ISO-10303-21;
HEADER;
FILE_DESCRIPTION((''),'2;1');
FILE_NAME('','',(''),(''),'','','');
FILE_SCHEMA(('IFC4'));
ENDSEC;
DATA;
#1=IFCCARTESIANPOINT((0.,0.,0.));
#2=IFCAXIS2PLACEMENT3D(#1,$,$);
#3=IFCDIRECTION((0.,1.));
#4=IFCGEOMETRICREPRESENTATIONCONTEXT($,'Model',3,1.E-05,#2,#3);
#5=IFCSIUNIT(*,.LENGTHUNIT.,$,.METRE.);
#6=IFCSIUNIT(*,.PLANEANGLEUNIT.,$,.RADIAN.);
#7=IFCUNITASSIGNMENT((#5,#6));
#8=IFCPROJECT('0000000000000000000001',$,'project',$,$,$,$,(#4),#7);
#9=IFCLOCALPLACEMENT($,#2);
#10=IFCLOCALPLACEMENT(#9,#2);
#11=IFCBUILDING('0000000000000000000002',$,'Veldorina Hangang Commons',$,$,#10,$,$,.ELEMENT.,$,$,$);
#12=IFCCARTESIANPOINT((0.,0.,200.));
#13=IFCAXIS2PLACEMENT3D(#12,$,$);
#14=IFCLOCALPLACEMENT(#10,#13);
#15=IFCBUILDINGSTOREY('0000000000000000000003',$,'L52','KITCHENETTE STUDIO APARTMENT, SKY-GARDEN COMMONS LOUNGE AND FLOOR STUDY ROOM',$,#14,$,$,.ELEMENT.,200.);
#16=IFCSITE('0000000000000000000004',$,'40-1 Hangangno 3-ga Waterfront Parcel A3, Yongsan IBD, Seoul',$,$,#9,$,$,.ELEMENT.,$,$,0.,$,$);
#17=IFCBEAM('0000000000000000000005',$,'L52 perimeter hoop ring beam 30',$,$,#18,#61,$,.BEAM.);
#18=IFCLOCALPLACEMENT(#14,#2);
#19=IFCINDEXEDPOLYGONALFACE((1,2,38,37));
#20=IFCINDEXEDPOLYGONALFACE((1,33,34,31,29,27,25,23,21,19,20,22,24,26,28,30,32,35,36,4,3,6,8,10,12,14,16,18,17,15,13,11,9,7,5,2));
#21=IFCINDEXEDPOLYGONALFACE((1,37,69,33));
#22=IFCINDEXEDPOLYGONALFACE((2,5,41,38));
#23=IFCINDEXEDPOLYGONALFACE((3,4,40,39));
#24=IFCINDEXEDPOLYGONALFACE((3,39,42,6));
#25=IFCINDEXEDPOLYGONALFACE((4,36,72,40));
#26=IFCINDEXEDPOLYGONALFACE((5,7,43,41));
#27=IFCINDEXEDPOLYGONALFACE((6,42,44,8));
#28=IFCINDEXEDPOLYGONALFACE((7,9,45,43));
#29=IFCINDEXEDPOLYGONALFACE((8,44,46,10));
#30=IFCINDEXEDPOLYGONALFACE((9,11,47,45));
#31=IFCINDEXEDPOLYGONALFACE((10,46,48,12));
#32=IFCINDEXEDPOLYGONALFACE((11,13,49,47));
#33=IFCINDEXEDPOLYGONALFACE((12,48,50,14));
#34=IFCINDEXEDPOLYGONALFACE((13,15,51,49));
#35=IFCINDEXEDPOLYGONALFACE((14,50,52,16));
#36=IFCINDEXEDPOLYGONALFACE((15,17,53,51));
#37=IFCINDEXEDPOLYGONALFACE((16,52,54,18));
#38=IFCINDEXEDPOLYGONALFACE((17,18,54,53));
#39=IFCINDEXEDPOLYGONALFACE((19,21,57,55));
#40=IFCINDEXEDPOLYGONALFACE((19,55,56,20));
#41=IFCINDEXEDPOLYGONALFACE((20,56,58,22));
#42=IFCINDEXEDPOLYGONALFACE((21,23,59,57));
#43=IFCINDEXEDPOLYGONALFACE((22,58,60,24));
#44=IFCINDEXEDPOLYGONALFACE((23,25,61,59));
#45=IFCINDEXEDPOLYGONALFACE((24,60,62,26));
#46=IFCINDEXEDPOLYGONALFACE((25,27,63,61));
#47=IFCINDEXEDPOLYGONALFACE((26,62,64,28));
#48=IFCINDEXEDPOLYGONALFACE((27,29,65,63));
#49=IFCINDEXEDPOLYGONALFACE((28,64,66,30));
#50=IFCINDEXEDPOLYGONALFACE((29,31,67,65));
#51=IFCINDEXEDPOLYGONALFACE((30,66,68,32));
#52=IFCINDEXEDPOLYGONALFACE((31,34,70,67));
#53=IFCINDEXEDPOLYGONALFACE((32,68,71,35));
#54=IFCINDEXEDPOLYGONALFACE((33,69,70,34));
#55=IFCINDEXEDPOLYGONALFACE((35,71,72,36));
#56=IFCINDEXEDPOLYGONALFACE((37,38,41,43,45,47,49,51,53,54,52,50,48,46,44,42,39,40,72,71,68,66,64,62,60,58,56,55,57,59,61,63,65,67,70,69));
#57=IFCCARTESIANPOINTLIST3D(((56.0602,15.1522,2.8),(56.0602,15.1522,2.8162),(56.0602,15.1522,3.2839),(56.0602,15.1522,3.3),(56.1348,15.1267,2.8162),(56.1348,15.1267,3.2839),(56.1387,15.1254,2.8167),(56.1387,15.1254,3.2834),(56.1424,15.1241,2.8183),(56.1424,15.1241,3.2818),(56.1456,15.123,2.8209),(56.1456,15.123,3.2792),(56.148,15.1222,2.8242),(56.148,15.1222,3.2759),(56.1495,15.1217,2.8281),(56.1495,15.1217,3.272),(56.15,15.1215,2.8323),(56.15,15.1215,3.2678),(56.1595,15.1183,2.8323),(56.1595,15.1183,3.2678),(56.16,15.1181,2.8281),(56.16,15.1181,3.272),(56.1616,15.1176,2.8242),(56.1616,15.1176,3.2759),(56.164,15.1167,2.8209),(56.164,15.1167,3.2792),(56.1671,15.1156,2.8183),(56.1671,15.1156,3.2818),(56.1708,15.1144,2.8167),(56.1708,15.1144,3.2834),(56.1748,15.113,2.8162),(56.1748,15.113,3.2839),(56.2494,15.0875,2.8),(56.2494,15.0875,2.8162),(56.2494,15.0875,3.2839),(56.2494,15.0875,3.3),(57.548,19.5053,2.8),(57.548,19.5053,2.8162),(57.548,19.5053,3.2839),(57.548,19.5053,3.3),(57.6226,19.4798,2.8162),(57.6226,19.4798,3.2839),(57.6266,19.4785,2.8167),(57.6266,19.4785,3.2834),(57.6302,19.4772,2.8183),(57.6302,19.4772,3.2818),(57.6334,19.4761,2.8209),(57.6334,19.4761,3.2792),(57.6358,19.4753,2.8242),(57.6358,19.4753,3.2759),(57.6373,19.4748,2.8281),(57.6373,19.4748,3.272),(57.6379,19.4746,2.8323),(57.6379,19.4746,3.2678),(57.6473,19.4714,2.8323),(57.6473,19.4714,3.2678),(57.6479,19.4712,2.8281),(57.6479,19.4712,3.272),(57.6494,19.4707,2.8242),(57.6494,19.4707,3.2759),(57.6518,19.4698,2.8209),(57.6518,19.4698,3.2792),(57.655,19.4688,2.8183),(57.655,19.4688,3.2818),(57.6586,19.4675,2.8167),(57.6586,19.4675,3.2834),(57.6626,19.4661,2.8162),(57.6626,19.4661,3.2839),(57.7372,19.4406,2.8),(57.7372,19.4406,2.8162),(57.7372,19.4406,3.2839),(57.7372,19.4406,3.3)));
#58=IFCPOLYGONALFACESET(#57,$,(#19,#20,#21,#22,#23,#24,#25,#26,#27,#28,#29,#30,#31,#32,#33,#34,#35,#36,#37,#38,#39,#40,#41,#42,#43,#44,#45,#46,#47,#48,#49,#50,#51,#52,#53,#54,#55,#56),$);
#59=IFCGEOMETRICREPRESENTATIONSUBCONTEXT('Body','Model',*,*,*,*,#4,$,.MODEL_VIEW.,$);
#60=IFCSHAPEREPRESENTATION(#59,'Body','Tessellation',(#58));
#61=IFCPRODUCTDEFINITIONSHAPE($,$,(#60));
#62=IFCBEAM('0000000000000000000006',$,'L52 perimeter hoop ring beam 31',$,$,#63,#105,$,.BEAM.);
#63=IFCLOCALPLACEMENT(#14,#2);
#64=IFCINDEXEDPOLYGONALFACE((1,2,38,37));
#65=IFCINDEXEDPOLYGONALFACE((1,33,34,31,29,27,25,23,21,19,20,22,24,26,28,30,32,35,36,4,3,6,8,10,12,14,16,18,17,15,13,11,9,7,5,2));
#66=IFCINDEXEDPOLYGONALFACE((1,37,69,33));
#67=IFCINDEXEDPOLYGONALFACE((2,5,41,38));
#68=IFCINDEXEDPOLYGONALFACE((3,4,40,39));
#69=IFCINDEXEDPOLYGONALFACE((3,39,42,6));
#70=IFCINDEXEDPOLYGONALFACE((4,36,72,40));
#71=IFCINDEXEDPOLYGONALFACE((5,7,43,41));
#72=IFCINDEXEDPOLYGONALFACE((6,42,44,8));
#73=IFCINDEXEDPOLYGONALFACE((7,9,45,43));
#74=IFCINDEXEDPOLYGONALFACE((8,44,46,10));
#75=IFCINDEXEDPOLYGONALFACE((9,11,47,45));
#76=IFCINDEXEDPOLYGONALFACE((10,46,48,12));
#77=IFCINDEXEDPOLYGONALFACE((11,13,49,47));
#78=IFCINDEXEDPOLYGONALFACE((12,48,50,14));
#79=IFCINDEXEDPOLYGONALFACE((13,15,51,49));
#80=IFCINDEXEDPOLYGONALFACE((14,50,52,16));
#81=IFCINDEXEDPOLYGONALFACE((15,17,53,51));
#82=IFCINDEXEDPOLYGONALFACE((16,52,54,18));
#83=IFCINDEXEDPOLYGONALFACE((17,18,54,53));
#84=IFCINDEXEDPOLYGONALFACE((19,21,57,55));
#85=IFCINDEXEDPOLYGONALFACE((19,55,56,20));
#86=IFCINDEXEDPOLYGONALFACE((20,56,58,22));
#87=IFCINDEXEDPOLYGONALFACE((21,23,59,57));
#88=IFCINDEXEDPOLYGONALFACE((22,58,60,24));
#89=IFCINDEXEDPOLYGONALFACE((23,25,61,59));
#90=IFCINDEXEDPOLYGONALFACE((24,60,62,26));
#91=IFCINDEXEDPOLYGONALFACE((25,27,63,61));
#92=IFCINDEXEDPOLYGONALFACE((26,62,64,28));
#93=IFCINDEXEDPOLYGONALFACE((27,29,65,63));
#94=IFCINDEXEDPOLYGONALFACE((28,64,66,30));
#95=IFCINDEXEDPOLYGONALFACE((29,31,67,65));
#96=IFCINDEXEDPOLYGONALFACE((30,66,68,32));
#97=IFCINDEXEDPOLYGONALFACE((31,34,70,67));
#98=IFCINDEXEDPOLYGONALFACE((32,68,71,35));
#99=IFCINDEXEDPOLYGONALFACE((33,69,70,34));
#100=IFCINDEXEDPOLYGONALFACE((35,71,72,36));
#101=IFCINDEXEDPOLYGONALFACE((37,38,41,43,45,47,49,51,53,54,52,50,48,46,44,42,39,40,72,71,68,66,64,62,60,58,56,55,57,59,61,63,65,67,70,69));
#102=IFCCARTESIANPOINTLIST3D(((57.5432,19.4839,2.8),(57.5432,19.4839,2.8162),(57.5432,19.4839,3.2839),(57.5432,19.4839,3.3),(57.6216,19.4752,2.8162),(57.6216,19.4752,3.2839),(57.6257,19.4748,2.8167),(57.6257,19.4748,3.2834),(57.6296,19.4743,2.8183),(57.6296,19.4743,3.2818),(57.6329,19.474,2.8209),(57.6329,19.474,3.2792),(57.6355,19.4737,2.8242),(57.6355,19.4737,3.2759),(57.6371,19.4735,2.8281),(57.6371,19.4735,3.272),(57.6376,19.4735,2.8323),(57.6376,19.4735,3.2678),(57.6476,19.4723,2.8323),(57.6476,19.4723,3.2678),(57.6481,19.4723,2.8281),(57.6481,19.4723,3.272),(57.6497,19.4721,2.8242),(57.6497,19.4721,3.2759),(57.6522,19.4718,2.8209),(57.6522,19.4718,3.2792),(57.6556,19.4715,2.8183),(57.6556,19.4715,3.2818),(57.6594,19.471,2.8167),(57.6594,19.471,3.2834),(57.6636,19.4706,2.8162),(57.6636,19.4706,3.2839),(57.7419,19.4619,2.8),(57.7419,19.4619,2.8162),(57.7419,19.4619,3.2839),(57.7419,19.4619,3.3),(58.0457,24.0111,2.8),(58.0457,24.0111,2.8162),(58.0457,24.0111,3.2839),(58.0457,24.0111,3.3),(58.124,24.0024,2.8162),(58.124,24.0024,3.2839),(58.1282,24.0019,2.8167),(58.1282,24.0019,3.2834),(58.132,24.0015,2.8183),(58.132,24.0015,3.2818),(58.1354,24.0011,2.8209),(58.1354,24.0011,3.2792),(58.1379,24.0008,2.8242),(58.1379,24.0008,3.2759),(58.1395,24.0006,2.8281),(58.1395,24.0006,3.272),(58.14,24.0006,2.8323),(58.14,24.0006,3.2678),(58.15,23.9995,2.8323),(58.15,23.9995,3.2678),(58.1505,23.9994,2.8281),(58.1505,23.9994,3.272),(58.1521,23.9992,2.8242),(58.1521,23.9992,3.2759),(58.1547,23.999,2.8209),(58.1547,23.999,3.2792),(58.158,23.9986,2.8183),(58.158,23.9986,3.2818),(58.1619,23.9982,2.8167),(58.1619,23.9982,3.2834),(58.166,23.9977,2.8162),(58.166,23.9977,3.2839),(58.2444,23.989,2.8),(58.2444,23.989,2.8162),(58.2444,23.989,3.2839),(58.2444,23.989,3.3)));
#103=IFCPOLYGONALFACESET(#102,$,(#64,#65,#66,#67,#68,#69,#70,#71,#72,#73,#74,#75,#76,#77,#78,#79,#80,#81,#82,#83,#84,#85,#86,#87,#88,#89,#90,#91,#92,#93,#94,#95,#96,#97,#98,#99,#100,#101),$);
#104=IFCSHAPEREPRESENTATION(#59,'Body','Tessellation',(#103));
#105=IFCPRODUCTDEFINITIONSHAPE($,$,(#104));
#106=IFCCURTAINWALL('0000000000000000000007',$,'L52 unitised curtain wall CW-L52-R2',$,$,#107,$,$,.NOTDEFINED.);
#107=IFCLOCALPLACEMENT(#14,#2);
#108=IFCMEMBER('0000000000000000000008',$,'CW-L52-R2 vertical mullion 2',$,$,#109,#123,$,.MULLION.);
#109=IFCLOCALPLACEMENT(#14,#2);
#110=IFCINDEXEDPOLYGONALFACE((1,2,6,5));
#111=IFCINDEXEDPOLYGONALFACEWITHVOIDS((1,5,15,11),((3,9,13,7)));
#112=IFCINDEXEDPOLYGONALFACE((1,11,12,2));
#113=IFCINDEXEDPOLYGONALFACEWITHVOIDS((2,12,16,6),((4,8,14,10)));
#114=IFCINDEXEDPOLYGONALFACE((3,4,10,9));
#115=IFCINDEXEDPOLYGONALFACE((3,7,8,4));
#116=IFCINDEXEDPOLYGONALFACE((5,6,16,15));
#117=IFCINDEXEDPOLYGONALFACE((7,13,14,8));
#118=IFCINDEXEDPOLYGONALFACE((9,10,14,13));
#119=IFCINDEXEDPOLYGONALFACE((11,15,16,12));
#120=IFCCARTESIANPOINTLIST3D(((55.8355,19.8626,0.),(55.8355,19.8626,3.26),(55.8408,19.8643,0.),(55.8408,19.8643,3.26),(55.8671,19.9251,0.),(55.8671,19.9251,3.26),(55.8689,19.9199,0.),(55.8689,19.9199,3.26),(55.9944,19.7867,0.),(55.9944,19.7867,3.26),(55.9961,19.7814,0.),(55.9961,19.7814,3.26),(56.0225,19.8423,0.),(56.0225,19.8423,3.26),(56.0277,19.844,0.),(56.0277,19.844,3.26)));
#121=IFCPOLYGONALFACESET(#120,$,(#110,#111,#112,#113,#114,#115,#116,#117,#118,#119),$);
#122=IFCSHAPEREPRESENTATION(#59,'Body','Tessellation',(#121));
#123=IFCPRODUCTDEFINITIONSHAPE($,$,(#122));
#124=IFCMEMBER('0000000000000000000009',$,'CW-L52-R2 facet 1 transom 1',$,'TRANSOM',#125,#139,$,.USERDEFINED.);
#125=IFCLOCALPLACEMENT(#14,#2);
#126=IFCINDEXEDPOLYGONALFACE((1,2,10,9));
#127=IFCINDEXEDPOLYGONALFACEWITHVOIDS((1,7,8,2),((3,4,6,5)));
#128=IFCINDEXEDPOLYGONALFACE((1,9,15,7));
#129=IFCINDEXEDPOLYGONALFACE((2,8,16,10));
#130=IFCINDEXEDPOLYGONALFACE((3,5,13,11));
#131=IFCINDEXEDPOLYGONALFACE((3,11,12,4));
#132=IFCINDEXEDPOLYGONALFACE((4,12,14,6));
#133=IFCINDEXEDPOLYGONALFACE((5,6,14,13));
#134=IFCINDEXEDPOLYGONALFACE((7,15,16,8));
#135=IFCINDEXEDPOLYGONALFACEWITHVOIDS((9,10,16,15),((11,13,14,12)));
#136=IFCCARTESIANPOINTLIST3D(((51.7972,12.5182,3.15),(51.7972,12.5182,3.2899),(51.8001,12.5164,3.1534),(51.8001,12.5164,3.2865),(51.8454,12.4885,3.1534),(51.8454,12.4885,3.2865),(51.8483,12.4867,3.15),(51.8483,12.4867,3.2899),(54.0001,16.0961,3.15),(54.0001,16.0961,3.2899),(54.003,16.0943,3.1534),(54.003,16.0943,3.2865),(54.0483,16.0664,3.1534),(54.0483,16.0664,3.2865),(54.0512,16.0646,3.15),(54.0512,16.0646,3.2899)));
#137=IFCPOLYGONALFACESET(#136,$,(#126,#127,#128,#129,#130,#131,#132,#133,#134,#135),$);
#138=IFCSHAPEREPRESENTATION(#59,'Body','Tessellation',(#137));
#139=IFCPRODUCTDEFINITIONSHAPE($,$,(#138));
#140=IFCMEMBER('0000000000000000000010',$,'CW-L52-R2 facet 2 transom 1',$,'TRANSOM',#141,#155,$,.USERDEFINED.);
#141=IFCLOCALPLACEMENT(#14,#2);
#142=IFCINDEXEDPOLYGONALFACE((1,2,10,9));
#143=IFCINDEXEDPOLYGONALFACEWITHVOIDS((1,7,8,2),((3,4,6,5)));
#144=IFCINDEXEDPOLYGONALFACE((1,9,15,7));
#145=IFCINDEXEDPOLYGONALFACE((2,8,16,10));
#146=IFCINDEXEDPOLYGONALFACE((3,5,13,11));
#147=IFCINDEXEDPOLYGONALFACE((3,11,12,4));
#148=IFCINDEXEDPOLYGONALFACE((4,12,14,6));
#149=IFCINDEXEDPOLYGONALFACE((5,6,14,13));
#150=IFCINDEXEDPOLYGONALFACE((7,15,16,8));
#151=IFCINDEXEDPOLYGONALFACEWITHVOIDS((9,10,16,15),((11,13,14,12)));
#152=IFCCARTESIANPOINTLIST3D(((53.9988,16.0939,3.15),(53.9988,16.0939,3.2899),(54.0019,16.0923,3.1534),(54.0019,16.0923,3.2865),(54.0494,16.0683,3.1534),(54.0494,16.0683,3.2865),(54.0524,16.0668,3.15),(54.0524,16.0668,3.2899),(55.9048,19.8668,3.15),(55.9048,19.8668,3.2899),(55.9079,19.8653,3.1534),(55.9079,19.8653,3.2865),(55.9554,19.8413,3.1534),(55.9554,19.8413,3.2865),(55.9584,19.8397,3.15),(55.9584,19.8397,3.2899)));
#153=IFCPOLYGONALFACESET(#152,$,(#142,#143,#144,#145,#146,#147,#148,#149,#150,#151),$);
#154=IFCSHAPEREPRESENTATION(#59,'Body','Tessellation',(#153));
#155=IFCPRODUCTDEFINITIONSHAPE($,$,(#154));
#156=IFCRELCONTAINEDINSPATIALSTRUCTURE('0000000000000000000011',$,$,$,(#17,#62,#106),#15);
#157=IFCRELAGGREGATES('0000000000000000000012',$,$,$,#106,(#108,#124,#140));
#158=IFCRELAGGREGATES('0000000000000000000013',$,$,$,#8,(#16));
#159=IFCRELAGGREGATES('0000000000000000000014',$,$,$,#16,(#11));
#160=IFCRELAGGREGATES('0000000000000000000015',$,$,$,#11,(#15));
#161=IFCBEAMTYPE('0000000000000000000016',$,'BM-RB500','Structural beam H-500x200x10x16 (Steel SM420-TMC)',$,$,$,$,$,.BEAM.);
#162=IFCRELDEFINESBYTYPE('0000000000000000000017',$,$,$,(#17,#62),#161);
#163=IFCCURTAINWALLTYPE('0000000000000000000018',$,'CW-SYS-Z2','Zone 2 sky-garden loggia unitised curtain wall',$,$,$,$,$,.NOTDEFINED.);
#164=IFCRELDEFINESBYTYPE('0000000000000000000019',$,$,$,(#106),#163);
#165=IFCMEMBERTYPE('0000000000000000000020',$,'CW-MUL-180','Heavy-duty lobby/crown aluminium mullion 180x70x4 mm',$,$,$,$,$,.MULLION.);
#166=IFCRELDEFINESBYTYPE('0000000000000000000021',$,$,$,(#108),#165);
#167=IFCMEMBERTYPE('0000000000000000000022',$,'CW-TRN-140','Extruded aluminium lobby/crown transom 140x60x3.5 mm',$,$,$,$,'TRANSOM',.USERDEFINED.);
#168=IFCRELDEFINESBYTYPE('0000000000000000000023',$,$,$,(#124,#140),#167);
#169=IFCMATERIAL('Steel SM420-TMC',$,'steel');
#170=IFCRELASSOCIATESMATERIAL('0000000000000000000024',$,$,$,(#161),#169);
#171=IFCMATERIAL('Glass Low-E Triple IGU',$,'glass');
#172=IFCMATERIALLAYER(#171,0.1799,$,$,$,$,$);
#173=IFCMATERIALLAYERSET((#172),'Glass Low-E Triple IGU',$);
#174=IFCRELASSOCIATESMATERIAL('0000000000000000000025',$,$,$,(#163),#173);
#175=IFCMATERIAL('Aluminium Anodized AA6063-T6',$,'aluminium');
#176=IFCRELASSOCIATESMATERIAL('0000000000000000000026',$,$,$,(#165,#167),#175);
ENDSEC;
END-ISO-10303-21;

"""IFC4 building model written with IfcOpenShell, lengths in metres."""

from ifc_helpers import new_model, si_unit, direction, frame, origin, origin_2d, place, context, subcontext, project, spatial, hollow_rectangle, i_section, extrude, material, layer, layer_set, material_profile, profile_set, type_object, element, aggregate, save


model = new_model("IFC4")

# Units and contexts
model_context = context("Model", 3, precision=1e-05, world=origin(), true_north=direction((0.0, 1.0)))
body_context = subcontext(model_context, "Body", "Model", "MODEL_VIEW")
ifc_project = project(units=[si_unit("LENGTHUNIT", "METRE"), si_unit("PLANEANGLEUNIT", "RADIAN")], contexts=[model_context])

# Site, building, storey
site_placement = place(None, origin())
site = spatial("IfcSite", under=ifc_project, at=site_placement, Name="40-1 Hangangno 3-ga Waterfront Parcel A3, Yongsan IBD, Seoul", CompositionType="ELEMENT", RefElevation=0.0)
building_placement = place(site_placement, origin())
building = spatial("IfcBuilding", under=site, at=building_placement, Name="Veldorina Hangang Commons", CompositionType="ELEMENT")
storey_placement = place(building_placement, frame((0.0, 0.0, 200.0)))
storey = spatial("IfcBuildingStorey", under=building, at=storey_placement, Name="L52", Description="KITCHENETTE STUDIO APARTMENT, SKY-GARDEN COMMONS LOUNGE AND FLOOR STUDY ROOM", CompositionType="ELEMENT", Elevation=200.0)

# Beams
ifc_material_1 = material(Name="Steel SM420-TMC", Category="steel")
ifc_material_profile_1 = material_profile(ifc_material_1, i_section(OverallWidth=0.2, OverallDepth=0.5, WebThickness=0.01, FlangeThickness=0.0161, FilletRadius=0.0161, at=origin_2d()), Name="H-500x200x10x16")
ifc_profile_set_1 = profile_set([ifc_material_profile_1], Name="Steel SM420-TMC")
beam_type = type_object("IfcBeamType", Name="BM-RB500", Description="Structural beam H-500x200x10x16 (Steel SM420-TMC)", PredefinedType="BEAM", material=ifc_profile_set_1)
beam_1_placement = place(storey_placement, frame((56.1548, 15.1199, 3.05), z_axis=(0.323415, 0.946257, 0.0), x_axis=(-0.946257, 0.323415, 0.0)))
element("IfcBeam", 1, at=beam_1_placement, inside=storey, type_object=beam_type, Name="L52 perimeter hoop ring beam 30", PredefinedType="BEAM", context=body_context, shape_type="SweptSolid", body=[
    extrude(i_section(OverallWidth=0.2, OverallDepth=0.5, WebThickness=0.01, FlangeThickness=0.0161, FilletRadius=0.0161, at=origin_2d()), origin(), (0.0, 0.0, 1.0), 4.6003),
])
beam_2_placement = place(storey_placement, frame((57.6426, 19.4729, 3.05), z_axis=(0.110308, 0.993897, 0.0), x_axis=(-0.993897, 0.110308, 0.0)))
element("IfcBeam", 2, at=beam_2_placement, inside=storey, type_object=beam_type, Name="L52 perimeter hoop ring beam 31", PredefinedType="BEAM", context=body_context, shape_type="SweptSolid", body=[
    extrude(i_section(OverallWidth=0.2, OverallDepth=0.5, WebThickness=0.01, FlangeThickness=0.0161, FilletRadius=0.0161, at=origin_2d()), origin(), (0.0, 0.0, 1.0), 4.5549),
])

# Curtain wall, members
ifc_material_2 = material(Name="Glass Low-E Triple IGU", Category="glass")
ifc_layer_1 = layer(ifc_material_2, 0.1799)
ifc_layer_set_1 = layer_set([ifc_layer_1], Name="Glass Low-E Triple IGU")
curtain_wall_type = type_object("IfcCurtainWallType", Name="CW-SYS-Z2", Description="Zone 2 sky-garden loggia unitised curtain wall", PredefinedType="NOTDEFINED", material=ifc_layer_set_1)
curtain_wall_placement = place(storey_placement, origin())
curtain_wall = element("IfcCurtainWall", 3, at=curtain_wall_placement, inside=storey, type_object=curtain_wall_type, Name="L52 unitised curtain wall CW-L52-R2", PredefinedType="NOTDEFINED")
ifc_material_3 = material(Name="Aluminium Anodized AA6063-T6", Category="aluminium")
ifc_material_profile_2 = material_profile(ifc_material_3, hollow_rectangle(XDim=0.0701, YDim=0.1799, WallThickness=0.0039, at=origin_2d()), Name="ALU-RHS-180x70x4")
ifc_profile_set_2 = profile_set([ifc_material_profile_2], Name="Aluminium Anodized AA6063-T6")
member_type_1 = type_object("IfcMemberType", Name="CW-MUL-180", Description="Heavy-duty lobby/crown aluminium mullion 180x70x4 mm", PredefinedType="MULLION", material=ifc_profile_set_2)
member_1_placement = place(storey_placement, frame((55.9316, 19.8533, 0.0), z_axis=(0.0, 0.0, 1.0), x_axis=(-0.450893, -0.892578, 0.0)))
member_1 = element("IfcMember", 4, at=member_1_placement, type_object=member_type_1, Name="CW-L52-R2 vertical mullion 2", PredefinedType="MULLION", context=body_context, shape_type="SweptSolid", body=[
    extrude(hollow_rectangle(XDim=0.0701, YDim=0.1799, WallThickness=0.0039, at=origin_2d()), origin(), (0.0, 0.0, 1.0), 3.26),
])
ifc_material_profile_3 = material_profile(ifc_material_3, hollow_rectangle(XDim=0.0601, YDim=0.1399, WallThickness=0.0034, at=origin_2d()), Name="ALU-RHS-140x60x3.5")
ifc_profile_set_3 = profile_set([ifc_material_profile_3], Name="Aluminium Anodized AA6063-T6")
member_type_2 = type_object("IfcMemberType", Name="CW-TRN-140", Description="Extruded aluminium lobby/crown transom 140x60x3.5 mm", ElementType="TRANSOM", PredefinedType="USERDEFINED", material=ifc_profile_set_3)
member_2_placement = place(storey_placement, frame((51.8228, 12.5024, 3.22), z_axis=(0.524289, 0.851541, 0.0), x_axis=(-0.851541, 0.524289, 0.0)))
member_2 = element("IfcMember", 5, at=member_2_placement, type_object=member_type_2, Name="CW-L52-R2 facet 1 transom 1", ObjectType="TRANSOM", PredefinedType="USERDEFINED", context=body_context, shape_type="SweptSolid", body=[
    extrude(hollow_rectangle(XDim=0.0601, YDim=0.1399, WallThickness=0.0034, at=origin_2d()), origin(), (0.0, 0.0, 1.0), 4.2017),
])
member_3_placement = place(storey_placement, frame((54.0256, 16.0803, 3.22), z_axis=(0.450906, 0.892571, 0.0), x_axis=(-0.892571, 0.450906, 0.0)))
member_3 = element("IfcMember", 6, at=member_3_placement, type_object=member_type_2, Name="CW-L52-R2 facet 2 transom 1", ObjectType="TRANSOM", PredefinedType="USERDEFINED", context=body_context, shape_type="SweptSolid", body=[
    extrude(hollow_rectangle(XDim=0.0601, YDim=0.1399, WallThickness=0.0034, at=origin_2d()), origin(), (0.0, 0.0, 1.0), 4.2271),
])

aggregate(curtain_wall, [member_1, member_2, member_3])

save(model, "model.ifc")
